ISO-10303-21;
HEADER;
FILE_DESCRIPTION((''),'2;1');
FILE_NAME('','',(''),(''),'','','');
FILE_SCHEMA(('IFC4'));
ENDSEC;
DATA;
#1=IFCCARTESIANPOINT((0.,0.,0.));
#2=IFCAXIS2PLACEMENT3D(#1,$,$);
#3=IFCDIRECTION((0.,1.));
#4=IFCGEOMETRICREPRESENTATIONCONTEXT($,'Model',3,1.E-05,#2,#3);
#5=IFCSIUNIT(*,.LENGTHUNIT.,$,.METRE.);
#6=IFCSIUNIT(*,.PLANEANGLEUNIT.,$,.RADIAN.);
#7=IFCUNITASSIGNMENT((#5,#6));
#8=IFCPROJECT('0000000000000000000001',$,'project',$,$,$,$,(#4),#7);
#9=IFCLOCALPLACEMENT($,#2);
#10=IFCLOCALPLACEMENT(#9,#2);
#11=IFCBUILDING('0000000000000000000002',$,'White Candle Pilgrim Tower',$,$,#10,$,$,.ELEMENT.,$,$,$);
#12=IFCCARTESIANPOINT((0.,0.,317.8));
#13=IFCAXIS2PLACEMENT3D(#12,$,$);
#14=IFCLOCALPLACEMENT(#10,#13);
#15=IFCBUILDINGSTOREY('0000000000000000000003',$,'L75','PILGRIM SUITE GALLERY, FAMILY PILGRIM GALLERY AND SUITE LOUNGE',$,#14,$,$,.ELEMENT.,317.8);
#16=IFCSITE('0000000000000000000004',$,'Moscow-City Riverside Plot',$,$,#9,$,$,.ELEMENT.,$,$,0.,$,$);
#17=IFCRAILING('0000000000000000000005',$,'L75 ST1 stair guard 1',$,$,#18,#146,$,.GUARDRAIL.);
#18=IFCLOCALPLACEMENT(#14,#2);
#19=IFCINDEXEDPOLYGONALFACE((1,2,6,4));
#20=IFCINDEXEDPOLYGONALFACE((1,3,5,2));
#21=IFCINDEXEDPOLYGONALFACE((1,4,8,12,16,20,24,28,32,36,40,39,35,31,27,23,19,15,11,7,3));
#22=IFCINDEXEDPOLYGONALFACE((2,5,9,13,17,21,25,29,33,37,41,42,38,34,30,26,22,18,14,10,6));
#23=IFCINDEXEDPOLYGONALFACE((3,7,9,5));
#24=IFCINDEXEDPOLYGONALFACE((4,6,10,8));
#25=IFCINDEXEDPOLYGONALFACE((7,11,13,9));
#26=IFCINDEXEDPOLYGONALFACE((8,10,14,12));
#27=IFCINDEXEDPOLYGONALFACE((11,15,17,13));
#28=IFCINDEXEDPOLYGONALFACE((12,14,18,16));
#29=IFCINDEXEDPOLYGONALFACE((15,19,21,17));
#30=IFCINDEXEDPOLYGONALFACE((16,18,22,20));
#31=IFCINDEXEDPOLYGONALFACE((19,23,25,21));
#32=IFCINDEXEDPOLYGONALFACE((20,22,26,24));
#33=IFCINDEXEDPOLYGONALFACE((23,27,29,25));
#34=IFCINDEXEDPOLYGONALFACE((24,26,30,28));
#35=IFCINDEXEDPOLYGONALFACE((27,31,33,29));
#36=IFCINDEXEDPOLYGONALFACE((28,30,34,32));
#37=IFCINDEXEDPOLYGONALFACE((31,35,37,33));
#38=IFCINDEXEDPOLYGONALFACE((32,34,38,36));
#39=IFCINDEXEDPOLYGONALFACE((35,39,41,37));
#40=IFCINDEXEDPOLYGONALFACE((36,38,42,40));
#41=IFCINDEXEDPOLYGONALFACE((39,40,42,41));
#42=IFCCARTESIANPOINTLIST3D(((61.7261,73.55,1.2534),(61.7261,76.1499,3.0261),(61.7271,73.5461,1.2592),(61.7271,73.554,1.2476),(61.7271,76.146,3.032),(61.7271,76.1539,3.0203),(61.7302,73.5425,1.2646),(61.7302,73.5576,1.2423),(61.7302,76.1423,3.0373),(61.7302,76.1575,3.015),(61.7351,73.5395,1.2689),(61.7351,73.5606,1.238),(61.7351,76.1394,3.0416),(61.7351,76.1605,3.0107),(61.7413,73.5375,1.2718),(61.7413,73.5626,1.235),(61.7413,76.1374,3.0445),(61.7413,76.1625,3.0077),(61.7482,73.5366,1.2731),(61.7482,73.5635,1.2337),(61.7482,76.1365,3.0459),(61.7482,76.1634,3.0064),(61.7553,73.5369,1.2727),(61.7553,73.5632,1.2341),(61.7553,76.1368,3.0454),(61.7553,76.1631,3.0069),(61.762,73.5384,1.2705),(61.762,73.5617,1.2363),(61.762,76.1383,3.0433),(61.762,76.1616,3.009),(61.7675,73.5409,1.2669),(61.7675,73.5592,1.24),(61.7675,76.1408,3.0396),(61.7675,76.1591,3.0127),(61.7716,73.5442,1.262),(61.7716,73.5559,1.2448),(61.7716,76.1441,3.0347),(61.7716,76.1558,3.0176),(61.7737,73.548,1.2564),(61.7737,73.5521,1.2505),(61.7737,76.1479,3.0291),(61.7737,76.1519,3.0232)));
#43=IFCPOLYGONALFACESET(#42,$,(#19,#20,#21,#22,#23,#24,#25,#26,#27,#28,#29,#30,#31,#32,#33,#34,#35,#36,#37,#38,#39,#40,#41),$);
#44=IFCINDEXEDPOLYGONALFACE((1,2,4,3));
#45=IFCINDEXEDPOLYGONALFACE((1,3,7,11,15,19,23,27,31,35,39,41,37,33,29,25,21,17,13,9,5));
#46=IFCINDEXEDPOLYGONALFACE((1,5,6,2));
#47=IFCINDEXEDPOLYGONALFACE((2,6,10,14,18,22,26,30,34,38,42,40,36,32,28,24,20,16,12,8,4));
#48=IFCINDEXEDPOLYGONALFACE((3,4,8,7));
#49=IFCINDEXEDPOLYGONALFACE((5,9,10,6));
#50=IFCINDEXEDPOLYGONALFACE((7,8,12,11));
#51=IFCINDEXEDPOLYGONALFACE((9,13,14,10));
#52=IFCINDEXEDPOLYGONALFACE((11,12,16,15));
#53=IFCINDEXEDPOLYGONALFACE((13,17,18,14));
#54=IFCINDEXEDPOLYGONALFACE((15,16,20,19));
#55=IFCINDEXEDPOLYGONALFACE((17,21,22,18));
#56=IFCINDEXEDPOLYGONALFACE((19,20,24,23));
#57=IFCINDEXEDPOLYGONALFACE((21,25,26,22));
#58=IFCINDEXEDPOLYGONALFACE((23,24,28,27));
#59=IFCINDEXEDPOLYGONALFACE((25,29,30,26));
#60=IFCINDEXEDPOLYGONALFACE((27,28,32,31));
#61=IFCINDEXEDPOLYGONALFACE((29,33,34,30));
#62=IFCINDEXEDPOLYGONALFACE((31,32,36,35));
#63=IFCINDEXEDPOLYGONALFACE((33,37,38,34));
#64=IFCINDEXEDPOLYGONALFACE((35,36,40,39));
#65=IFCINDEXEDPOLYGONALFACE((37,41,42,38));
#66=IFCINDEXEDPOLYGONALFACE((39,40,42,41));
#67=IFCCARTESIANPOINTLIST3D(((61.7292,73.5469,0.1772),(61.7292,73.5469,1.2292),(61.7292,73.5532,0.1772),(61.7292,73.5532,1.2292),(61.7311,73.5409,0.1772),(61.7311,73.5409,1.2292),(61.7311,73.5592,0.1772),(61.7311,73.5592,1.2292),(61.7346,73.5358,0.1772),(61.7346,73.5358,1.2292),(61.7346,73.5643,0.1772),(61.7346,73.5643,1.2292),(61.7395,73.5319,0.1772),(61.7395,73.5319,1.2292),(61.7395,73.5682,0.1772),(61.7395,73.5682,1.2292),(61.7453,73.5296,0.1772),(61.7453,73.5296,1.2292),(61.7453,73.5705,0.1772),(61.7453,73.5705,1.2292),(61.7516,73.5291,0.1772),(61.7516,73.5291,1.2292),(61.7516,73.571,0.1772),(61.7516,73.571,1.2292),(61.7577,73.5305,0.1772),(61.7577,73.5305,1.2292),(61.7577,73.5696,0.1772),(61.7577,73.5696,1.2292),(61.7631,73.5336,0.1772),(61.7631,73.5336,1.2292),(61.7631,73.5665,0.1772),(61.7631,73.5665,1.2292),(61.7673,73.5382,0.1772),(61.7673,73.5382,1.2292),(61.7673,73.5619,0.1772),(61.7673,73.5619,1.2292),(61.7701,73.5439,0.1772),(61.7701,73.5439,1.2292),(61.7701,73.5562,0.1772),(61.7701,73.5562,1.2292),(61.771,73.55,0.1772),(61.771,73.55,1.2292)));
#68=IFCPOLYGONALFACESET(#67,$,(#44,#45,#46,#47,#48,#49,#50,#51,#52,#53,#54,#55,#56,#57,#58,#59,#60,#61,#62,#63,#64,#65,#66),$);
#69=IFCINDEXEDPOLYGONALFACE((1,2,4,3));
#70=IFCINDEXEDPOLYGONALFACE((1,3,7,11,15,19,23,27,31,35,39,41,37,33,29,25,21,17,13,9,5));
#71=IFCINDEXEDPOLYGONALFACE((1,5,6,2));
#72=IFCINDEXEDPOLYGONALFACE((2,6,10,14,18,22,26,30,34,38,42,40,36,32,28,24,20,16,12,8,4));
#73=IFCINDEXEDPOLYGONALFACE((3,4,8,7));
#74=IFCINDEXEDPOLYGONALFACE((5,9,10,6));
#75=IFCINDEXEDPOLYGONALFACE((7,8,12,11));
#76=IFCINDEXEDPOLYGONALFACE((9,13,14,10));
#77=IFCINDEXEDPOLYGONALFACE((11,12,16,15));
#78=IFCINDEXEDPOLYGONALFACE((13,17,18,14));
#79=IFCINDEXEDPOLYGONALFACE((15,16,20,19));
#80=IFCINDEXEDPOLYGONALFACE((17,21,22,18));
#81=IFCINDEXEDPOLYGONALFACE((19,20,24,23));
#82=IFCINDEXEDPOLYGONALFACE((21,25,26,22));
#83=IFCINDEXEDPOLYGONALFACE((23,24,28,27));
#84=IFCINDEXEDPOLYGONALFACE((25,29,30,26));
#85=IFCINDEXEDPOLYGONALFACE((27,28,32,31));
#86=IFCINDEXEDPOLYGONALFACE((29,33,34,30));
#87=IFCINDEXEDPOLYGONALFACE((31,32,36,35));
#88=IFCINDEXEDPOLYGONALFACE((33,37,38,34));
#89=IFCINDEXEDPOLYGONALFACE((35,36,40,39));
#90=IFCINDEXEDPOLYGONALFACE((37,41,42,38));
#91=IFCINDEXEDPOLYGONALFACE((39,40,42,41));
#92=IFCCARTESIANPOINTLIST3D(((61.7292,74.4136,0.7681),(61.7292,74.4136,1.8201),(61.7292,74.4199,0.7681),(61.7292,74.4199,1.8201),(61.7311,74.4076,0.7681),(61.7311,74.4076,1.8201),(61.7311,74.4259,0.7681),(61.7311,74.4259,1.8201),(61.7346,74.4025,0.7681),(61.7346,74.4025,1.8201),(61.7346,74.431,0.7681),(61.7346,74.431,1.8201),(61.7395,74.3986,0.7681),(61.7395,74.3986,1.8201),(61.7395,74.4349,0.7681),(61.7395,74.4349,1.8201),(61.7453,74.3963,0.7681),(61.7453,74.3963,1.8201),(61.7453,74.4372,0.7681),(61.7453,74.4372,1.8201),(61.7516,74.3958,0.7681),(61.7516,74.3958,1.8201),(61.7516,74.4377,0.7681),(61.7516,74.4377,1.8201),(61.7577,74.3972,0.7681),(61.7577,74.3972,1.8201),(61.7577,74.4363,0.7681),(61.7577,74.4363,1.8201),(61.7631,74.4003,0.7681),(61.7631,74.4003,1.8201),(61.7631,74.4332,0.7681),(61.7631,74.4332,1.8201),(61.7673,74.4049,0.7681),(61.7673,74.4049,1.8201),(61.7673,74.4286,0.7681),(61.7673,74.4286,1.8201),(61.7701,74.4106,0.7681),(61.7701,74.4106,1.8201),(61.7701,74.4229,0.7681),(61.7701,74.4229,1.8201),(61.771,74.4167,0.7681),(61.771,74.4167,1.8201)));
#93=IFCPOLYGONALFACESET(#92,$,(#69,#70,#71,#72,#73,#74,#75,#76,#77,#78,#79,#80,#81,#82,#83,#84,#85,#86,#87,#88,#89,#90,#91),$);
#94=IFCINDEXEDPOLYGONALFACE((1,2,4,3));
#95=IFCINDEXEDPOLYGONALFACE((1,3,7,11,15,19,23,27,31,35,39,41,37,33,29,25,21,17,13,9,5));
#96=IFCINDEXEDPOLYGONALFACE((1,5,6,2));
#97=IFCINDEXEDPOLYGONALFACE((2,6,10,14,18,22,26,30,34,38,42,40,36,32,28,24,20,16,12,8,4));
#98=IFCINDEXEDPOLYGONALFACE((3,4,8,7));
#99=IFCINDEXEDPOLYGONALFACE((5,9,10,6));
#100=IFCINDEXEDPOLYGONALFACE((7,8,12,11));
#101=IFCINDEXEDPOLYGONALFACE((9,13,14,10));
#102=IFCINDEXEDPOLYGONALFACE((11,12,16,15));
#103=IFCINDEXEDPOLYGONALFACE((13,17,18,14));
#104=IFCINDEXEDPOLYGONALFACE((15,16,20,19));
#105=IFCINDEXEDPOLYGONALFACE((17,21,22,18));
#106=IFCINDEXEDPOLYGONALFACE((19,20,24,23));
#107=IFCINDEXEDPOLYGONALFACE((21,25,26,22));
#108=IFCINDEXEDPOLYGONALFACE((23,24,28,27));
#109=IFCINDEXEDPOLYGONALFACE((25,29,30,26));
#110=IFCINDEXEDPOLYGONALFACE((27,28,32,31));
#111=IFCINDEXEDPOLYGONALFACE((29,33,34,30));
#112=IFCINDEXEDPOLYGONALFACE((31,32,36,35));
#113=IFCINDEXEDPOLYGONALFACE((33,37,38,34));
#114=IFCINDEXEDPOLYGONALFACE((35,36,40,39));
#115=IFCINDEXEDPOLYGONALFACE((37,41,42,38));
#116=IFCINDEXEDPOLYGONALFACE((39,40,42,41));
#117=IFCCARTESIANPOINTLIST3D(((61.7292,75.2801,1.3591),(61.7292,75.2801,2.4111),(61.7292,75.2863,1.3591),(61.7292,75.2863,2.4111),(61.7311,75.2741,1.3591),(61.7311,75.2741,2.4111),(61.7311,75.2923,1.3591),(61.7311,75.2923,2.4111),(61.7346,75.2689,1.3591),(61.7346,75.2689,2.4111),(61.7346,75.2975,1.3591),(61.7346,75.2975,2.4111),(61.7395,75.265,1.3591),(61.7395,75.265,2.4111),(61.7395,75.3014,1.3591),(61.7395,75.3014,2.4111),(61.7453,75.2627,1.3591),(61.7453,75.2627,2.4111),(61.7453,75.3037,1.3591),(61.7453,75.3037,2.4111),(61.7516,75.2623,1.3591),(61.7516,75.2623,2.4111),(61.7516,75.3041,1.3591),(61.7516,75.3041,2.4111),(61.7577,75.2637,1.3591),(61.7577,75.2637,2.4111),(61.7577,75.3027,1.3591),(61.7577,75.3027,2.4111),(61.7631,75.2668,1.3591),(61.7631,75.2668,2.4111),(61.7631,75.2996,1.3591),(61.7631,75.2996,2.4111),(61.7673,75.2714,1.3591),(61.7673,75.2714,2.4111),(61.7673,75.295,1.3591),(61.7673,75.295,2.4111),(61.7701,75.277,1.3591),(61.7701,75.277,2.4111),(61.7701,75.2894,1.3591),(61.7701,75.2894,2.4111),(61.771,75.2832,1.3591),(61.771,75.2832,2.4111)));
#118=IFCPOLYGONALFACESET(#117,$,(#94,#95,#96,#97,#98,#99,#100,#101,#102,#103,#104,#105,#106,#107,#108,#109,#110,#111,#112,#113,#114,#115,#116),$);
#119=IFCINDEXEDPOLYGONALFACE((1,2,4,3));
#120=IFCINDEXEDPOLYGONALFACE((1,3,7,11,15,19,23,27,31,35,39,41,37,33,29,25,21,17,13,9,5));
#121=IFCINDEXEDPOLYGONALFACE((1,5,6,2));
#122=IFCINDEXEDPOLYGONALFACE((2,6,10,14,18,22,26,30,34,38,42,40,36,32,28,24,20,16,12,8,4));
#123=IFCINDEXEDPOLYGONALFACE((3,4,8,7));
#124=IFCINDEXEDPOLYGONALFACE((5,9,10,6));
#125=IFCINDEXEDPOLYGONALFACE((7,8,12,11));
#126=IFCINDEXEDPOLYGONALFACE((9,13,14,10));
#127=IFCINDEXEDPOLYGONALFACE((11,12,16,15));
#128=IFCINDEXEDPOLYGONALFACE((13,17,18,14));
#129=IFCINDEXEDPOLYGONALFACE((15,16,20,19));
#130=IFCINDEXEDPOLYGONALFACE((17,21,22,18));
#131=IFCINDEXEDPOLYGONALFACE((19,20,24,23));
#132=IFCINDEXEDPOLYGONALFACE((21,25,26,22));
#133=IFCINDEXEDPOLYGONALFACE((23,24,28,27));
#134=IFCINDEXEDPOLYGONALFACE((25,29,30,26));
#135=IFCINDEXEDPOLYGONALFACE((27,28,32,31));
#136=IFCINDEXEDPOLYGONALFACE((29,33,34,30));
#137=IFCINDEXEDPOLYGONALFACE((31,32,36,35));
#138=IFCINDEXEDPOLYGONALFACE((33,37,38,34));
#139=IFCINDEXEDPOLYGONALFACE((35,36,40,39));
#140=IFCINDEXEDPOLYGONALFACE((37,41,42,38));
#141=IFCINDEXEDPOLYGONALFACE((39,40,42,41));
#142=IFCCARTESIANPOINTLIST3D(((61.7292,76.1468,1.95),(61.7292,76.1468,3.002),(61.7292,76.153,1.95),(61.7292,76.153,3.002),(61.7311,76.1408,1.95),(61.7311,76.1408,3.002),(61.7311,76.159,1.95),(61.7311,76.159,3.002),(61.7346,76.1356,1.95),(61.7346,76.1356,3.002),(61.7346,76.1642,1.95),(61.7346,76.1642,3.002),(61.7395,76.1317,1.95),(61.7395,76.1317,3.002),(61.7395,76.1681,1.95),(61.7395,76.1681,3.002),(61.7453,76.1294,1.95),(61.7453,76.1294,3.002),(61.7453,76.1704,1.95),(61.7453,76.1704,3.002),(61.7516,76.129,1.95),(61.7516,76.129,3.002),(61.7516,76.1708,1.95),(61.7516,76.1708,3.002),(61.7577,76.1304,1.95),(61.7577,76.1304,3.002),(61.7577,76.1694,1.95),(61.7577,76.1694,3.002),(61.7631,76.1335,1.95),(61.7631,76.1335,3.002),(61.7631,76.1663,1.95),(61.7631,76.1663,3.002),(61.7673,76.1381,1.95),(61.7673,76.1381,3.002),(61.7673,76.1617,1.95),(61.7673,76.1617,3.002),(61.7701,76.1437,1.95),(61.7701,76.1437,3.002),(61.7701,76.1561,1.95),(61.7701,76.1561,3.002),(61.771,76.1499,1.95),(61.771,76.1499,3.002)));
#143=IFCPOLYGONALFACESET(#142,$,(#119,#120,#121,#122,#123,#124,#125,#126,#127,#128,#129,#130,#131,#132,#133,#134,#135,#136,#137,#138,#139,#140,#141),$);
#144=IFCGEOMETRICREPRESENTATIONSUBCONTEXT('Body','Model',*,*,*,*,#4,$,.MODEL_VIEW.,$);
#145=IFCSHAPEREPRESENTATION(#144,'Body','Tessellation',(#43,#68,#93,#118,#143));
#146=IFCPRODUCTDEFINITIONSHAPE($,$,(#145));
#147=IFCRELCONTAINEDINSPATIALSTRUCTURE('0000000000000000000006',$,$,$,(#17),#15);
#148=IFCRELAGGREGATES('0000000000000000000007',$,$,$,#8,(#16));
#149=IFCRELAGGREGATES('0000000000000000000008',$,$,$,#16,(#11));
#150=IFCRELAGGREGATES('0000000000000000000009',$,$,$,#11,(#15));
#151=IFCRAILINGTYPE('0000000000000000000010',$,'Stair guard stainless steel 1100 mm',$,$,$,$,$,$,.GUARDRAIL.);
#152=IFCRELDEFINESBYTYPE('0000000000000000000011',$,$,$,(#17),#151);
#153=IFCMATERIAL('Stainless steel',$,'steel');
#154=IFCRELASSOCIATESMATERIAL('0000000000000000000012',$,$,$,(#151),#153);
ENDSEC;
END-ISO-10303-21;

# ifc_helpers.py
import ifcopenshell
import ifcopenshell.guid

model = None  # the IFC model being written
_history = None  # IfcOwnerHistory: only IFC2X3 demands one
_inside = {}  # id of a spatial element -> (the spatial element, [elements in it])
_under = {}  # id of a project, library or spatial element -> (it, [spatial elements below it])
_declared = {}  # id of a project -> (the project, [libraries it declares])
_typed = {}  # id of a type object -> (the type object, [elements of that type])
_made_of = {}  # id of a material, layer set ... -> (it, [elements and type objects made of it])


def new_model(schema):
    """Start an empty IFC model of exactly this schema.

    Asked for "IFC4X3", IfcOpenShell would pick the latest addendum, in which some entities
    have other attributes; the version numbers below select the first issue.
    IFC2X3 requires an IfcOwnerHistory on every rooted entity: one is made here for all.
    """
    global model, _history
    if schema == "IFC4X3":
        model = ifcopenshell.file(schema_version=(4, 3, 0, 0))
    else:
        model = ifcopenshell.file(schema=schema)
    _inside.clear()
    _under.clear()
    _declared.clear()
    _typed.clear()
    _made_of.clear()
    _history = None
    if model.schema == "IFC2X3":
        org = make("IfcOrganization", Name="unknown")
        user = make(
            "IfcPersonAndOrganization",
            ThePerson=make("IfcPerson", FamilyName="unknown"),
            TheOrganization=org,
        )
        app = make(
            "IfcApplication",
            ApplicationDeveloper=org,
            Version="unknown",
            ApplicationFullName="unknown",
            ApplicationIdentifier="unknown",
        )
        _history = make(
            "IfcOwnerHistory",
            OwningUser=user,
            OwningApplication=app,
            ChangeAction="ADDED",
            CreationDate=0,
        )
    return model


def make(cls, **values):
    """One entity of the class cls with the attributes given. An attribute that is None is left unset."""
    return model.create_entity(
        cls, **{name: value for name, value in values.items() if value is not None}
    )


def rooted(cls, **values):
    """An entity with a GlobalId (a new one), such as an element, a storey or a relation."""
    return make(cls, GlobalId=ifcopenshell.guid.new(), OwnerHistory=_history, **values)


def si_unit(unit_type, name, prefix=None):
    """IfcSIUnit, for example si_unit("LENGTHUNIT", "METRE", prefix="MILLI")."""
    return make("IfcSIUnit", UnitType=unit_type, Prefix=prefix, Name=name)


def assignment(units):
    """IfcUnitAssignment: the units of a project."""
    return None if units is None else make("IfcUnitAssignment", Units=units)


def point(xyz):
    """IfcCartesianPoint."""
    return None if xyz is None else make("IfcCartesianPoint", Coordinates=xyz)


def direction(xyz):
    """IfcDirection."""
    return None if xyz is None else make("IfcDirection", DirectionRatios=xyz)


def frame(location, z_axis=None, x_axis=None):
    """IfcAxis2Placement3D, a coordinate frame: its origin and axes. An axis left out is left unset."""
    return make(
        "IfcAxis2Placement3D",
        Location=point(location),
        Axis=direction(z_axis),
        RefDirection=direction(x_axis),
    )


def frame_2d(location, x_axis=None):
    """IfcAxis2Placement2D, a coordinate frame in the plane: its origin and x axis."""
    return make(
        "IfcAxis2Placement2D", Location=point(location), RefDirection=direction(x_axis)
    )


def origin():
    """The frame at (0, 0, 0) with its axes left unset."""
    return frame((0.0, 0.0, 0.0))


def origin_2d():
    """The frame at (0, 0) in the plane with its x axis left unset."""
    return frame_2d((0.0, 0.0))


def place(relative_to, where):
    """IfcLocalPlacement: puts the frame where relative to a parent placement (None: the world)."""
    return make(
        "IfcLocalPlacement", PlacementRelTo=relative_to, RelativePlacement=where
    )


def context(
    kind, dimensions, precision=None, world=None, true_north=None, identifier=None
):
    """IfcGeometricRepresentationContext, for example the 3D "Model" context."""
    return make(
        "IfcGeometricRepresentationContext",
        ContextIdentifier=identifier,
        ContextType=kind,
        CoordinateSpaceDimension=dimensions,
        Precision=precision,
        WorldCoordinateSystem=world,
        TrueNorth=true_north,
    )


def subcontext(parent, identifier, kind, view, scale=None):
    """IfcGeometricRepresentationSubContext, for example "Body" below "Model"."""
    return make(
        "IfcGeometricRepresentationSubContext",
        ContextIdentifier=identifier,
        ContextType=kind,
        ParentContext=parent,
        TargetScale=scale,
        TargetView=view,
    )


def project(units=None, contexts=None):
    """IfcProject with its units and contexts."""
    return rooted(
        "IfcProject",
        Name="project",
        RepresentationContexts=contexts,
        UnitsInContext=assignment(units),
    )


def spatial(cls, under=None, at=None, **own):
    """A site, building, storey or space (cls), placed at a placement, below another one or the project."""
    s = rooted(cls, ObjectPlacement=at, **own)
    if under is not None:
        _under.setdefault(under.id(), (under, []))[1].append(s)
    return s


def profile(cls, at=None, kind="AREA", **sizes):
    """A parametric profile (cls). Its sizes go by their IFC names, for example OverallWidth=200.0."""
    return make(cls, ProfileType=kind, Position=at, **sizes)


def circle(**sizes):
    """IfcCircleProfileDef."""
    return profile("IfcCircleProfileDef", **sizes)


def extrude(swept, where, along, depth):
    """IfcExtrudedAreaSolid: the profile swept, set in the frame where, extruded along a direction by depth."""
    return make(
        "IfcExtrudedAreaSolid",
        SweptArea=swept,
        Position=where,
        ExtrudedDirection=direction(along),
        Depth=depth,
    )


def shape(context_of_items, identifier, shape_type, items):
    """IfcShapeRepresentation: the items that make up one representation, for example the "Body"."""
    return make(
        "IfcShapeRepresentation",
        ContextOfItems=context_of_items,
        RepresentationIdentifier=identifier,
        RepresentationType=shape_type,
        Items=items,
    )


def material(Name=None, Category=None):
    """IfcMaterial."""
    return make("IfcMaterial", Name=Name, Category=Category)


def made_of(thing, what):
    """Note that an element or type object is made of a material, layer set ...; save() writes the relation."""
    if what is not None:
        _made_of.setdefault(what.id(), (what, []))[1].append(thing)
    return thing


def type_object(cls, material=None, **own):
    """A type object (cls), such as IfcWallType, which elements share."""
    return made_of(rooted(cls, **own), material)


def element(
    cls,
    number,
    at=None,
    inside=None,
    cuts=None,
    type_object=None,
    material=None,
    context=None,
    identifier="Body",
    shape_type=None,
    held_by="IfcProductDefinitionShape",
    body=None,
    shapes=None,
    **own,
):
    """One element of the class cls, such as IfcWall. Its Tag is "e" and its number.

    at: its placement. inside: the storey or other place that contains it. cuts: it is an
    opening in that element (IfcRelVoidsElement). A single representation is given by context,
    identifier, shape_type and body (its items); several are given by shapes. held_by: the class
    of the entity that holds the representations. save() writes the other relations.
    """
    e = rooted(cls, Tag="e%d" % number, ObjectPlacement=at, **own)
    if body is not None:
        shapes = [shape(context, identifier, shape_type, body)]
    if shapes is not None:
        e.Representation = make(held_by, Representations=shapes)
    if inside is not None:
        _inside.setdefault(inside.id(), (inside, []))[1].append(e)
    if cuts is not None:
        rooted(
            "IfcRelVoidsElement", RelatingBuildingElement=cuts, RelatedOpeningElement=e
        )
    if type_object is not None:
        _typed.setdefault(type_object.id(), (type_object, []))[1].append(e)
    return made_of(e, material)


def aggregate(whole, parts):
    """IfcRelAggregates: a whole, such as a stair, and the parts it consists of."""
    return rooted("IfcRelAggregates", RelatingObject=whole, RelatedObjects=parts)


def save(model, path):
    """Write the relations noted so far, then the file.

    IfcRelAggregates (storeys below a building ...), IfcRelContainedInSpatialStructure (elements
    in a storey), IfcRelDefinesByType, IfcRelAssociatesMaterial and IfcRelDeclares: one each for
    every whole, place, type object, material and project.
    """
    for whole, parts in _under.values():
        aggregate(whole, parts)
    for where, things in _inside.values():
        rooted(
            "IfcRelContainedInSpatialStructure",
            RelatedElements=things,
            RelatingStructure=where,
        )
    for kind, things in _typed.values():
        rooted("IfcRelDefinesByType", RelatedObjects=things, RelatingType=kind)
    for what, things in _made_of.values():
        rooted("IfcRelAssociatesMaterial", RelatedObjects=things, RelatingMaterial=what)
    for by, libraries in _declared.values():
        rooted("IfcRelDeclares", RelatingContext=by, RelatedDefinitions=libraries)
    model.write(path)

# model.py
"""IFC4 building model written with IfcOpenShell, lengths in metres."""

from ifc_helpers import new_model, si_unit, direction, frame, origin, origin_2d, place, context, subcontext, project, spatial, circle, extrude, material, type_object, element, save


model = new_model("IFC4")

# Units and contexts
model_context = context("Model", 3, precision=1e-05, world=origin(), true_north=direction((0.0, 1.0)))
body_context = subcontext(model_context, "Body", "Model", "MODEL_VIEW")
ifc_project = project(units=[si_unit("LENGTHUNIT", "METRE"), si_unit("PLANEANGLEUNIT", "RADIAN")], contexts=[model_context])

# Site, building, storey
site_placement = place(None, origin())
site = spatial("IfcSite", under=ifc_project, at=site_placement, Name="Moscow-City Riverside Plot", CompositionType="ELEMENT", RefElevation=0.0)
building_placement = place(site_placement, origin())
building = spatial("IfcBuilding", under=site, at=building_placement, Name="White Candle Pilgrim Tower", CompositionType="ELEMENT")
storey_placement = place(building_placement, frame((0.0, 0.0, 317.8)))
storey = spatial("IfcBuildingStorey", under=building, at=storey_placement, Name="L75", Description="PILGRIM SUITE GALLERY, FAMILY PILGRIM GALLERY AND SUITE LOUNGE", CompositionType="ELEMENT", Elevation=317.8)

# Railing
ifc_material_1 = material(Name="Stainless steel", Category="steel")
railing_type_1 = type_object("IfcRailingType", Name="Stair guard stainless steel 1100 mm", PredefinedType="GUARDRAIL", material=ifc_material_1)
railing_1_placement = place(storey_placement, frame((61.75, 73.55, 0.1772)))
element("IfcRailing", 1, at=railing_1_placement, inside=storey, type_object=railing_type_1, Name="L75 ST1 stair guard 1", PredefinedType="GUARDRAIL", context=body_context, shape_type="SweptSolid", body=[
    extrude(circle(Radius=0.0239, at=origin_2d()), frame((0.0, 0.0, 1.0762), z_axis=(0.0, 0.826216, 0.563354), x_axis=(-1.0, 0.0, 0.0)), (0.0, 0.0, 1.0), 3.1467),
    extrude(circle(Radius=0.021, at=origin_2d()), origin(), (0.0, 0.0, 1.0), 1.052),
    extrude(circle(Radius=0.021, at=origin_2d()), frame((0.0, 0.8667, 0.5908)), (0.0, 0.0, 1.0), 1.052),
    extrude(circle(Radius=0.021, at=origin_2d()), frame((0.0, 1.7332, 1.1819)), (0.0, 0.0, 1.0), 1.052),
    extrude(circle(Radius=0.021, at=origin_2d()), frame((0.0, 2.5999, 1.7727)), (0.0, 0.0, 1.0), 1.052),
])

save(model, "model.ifc")
